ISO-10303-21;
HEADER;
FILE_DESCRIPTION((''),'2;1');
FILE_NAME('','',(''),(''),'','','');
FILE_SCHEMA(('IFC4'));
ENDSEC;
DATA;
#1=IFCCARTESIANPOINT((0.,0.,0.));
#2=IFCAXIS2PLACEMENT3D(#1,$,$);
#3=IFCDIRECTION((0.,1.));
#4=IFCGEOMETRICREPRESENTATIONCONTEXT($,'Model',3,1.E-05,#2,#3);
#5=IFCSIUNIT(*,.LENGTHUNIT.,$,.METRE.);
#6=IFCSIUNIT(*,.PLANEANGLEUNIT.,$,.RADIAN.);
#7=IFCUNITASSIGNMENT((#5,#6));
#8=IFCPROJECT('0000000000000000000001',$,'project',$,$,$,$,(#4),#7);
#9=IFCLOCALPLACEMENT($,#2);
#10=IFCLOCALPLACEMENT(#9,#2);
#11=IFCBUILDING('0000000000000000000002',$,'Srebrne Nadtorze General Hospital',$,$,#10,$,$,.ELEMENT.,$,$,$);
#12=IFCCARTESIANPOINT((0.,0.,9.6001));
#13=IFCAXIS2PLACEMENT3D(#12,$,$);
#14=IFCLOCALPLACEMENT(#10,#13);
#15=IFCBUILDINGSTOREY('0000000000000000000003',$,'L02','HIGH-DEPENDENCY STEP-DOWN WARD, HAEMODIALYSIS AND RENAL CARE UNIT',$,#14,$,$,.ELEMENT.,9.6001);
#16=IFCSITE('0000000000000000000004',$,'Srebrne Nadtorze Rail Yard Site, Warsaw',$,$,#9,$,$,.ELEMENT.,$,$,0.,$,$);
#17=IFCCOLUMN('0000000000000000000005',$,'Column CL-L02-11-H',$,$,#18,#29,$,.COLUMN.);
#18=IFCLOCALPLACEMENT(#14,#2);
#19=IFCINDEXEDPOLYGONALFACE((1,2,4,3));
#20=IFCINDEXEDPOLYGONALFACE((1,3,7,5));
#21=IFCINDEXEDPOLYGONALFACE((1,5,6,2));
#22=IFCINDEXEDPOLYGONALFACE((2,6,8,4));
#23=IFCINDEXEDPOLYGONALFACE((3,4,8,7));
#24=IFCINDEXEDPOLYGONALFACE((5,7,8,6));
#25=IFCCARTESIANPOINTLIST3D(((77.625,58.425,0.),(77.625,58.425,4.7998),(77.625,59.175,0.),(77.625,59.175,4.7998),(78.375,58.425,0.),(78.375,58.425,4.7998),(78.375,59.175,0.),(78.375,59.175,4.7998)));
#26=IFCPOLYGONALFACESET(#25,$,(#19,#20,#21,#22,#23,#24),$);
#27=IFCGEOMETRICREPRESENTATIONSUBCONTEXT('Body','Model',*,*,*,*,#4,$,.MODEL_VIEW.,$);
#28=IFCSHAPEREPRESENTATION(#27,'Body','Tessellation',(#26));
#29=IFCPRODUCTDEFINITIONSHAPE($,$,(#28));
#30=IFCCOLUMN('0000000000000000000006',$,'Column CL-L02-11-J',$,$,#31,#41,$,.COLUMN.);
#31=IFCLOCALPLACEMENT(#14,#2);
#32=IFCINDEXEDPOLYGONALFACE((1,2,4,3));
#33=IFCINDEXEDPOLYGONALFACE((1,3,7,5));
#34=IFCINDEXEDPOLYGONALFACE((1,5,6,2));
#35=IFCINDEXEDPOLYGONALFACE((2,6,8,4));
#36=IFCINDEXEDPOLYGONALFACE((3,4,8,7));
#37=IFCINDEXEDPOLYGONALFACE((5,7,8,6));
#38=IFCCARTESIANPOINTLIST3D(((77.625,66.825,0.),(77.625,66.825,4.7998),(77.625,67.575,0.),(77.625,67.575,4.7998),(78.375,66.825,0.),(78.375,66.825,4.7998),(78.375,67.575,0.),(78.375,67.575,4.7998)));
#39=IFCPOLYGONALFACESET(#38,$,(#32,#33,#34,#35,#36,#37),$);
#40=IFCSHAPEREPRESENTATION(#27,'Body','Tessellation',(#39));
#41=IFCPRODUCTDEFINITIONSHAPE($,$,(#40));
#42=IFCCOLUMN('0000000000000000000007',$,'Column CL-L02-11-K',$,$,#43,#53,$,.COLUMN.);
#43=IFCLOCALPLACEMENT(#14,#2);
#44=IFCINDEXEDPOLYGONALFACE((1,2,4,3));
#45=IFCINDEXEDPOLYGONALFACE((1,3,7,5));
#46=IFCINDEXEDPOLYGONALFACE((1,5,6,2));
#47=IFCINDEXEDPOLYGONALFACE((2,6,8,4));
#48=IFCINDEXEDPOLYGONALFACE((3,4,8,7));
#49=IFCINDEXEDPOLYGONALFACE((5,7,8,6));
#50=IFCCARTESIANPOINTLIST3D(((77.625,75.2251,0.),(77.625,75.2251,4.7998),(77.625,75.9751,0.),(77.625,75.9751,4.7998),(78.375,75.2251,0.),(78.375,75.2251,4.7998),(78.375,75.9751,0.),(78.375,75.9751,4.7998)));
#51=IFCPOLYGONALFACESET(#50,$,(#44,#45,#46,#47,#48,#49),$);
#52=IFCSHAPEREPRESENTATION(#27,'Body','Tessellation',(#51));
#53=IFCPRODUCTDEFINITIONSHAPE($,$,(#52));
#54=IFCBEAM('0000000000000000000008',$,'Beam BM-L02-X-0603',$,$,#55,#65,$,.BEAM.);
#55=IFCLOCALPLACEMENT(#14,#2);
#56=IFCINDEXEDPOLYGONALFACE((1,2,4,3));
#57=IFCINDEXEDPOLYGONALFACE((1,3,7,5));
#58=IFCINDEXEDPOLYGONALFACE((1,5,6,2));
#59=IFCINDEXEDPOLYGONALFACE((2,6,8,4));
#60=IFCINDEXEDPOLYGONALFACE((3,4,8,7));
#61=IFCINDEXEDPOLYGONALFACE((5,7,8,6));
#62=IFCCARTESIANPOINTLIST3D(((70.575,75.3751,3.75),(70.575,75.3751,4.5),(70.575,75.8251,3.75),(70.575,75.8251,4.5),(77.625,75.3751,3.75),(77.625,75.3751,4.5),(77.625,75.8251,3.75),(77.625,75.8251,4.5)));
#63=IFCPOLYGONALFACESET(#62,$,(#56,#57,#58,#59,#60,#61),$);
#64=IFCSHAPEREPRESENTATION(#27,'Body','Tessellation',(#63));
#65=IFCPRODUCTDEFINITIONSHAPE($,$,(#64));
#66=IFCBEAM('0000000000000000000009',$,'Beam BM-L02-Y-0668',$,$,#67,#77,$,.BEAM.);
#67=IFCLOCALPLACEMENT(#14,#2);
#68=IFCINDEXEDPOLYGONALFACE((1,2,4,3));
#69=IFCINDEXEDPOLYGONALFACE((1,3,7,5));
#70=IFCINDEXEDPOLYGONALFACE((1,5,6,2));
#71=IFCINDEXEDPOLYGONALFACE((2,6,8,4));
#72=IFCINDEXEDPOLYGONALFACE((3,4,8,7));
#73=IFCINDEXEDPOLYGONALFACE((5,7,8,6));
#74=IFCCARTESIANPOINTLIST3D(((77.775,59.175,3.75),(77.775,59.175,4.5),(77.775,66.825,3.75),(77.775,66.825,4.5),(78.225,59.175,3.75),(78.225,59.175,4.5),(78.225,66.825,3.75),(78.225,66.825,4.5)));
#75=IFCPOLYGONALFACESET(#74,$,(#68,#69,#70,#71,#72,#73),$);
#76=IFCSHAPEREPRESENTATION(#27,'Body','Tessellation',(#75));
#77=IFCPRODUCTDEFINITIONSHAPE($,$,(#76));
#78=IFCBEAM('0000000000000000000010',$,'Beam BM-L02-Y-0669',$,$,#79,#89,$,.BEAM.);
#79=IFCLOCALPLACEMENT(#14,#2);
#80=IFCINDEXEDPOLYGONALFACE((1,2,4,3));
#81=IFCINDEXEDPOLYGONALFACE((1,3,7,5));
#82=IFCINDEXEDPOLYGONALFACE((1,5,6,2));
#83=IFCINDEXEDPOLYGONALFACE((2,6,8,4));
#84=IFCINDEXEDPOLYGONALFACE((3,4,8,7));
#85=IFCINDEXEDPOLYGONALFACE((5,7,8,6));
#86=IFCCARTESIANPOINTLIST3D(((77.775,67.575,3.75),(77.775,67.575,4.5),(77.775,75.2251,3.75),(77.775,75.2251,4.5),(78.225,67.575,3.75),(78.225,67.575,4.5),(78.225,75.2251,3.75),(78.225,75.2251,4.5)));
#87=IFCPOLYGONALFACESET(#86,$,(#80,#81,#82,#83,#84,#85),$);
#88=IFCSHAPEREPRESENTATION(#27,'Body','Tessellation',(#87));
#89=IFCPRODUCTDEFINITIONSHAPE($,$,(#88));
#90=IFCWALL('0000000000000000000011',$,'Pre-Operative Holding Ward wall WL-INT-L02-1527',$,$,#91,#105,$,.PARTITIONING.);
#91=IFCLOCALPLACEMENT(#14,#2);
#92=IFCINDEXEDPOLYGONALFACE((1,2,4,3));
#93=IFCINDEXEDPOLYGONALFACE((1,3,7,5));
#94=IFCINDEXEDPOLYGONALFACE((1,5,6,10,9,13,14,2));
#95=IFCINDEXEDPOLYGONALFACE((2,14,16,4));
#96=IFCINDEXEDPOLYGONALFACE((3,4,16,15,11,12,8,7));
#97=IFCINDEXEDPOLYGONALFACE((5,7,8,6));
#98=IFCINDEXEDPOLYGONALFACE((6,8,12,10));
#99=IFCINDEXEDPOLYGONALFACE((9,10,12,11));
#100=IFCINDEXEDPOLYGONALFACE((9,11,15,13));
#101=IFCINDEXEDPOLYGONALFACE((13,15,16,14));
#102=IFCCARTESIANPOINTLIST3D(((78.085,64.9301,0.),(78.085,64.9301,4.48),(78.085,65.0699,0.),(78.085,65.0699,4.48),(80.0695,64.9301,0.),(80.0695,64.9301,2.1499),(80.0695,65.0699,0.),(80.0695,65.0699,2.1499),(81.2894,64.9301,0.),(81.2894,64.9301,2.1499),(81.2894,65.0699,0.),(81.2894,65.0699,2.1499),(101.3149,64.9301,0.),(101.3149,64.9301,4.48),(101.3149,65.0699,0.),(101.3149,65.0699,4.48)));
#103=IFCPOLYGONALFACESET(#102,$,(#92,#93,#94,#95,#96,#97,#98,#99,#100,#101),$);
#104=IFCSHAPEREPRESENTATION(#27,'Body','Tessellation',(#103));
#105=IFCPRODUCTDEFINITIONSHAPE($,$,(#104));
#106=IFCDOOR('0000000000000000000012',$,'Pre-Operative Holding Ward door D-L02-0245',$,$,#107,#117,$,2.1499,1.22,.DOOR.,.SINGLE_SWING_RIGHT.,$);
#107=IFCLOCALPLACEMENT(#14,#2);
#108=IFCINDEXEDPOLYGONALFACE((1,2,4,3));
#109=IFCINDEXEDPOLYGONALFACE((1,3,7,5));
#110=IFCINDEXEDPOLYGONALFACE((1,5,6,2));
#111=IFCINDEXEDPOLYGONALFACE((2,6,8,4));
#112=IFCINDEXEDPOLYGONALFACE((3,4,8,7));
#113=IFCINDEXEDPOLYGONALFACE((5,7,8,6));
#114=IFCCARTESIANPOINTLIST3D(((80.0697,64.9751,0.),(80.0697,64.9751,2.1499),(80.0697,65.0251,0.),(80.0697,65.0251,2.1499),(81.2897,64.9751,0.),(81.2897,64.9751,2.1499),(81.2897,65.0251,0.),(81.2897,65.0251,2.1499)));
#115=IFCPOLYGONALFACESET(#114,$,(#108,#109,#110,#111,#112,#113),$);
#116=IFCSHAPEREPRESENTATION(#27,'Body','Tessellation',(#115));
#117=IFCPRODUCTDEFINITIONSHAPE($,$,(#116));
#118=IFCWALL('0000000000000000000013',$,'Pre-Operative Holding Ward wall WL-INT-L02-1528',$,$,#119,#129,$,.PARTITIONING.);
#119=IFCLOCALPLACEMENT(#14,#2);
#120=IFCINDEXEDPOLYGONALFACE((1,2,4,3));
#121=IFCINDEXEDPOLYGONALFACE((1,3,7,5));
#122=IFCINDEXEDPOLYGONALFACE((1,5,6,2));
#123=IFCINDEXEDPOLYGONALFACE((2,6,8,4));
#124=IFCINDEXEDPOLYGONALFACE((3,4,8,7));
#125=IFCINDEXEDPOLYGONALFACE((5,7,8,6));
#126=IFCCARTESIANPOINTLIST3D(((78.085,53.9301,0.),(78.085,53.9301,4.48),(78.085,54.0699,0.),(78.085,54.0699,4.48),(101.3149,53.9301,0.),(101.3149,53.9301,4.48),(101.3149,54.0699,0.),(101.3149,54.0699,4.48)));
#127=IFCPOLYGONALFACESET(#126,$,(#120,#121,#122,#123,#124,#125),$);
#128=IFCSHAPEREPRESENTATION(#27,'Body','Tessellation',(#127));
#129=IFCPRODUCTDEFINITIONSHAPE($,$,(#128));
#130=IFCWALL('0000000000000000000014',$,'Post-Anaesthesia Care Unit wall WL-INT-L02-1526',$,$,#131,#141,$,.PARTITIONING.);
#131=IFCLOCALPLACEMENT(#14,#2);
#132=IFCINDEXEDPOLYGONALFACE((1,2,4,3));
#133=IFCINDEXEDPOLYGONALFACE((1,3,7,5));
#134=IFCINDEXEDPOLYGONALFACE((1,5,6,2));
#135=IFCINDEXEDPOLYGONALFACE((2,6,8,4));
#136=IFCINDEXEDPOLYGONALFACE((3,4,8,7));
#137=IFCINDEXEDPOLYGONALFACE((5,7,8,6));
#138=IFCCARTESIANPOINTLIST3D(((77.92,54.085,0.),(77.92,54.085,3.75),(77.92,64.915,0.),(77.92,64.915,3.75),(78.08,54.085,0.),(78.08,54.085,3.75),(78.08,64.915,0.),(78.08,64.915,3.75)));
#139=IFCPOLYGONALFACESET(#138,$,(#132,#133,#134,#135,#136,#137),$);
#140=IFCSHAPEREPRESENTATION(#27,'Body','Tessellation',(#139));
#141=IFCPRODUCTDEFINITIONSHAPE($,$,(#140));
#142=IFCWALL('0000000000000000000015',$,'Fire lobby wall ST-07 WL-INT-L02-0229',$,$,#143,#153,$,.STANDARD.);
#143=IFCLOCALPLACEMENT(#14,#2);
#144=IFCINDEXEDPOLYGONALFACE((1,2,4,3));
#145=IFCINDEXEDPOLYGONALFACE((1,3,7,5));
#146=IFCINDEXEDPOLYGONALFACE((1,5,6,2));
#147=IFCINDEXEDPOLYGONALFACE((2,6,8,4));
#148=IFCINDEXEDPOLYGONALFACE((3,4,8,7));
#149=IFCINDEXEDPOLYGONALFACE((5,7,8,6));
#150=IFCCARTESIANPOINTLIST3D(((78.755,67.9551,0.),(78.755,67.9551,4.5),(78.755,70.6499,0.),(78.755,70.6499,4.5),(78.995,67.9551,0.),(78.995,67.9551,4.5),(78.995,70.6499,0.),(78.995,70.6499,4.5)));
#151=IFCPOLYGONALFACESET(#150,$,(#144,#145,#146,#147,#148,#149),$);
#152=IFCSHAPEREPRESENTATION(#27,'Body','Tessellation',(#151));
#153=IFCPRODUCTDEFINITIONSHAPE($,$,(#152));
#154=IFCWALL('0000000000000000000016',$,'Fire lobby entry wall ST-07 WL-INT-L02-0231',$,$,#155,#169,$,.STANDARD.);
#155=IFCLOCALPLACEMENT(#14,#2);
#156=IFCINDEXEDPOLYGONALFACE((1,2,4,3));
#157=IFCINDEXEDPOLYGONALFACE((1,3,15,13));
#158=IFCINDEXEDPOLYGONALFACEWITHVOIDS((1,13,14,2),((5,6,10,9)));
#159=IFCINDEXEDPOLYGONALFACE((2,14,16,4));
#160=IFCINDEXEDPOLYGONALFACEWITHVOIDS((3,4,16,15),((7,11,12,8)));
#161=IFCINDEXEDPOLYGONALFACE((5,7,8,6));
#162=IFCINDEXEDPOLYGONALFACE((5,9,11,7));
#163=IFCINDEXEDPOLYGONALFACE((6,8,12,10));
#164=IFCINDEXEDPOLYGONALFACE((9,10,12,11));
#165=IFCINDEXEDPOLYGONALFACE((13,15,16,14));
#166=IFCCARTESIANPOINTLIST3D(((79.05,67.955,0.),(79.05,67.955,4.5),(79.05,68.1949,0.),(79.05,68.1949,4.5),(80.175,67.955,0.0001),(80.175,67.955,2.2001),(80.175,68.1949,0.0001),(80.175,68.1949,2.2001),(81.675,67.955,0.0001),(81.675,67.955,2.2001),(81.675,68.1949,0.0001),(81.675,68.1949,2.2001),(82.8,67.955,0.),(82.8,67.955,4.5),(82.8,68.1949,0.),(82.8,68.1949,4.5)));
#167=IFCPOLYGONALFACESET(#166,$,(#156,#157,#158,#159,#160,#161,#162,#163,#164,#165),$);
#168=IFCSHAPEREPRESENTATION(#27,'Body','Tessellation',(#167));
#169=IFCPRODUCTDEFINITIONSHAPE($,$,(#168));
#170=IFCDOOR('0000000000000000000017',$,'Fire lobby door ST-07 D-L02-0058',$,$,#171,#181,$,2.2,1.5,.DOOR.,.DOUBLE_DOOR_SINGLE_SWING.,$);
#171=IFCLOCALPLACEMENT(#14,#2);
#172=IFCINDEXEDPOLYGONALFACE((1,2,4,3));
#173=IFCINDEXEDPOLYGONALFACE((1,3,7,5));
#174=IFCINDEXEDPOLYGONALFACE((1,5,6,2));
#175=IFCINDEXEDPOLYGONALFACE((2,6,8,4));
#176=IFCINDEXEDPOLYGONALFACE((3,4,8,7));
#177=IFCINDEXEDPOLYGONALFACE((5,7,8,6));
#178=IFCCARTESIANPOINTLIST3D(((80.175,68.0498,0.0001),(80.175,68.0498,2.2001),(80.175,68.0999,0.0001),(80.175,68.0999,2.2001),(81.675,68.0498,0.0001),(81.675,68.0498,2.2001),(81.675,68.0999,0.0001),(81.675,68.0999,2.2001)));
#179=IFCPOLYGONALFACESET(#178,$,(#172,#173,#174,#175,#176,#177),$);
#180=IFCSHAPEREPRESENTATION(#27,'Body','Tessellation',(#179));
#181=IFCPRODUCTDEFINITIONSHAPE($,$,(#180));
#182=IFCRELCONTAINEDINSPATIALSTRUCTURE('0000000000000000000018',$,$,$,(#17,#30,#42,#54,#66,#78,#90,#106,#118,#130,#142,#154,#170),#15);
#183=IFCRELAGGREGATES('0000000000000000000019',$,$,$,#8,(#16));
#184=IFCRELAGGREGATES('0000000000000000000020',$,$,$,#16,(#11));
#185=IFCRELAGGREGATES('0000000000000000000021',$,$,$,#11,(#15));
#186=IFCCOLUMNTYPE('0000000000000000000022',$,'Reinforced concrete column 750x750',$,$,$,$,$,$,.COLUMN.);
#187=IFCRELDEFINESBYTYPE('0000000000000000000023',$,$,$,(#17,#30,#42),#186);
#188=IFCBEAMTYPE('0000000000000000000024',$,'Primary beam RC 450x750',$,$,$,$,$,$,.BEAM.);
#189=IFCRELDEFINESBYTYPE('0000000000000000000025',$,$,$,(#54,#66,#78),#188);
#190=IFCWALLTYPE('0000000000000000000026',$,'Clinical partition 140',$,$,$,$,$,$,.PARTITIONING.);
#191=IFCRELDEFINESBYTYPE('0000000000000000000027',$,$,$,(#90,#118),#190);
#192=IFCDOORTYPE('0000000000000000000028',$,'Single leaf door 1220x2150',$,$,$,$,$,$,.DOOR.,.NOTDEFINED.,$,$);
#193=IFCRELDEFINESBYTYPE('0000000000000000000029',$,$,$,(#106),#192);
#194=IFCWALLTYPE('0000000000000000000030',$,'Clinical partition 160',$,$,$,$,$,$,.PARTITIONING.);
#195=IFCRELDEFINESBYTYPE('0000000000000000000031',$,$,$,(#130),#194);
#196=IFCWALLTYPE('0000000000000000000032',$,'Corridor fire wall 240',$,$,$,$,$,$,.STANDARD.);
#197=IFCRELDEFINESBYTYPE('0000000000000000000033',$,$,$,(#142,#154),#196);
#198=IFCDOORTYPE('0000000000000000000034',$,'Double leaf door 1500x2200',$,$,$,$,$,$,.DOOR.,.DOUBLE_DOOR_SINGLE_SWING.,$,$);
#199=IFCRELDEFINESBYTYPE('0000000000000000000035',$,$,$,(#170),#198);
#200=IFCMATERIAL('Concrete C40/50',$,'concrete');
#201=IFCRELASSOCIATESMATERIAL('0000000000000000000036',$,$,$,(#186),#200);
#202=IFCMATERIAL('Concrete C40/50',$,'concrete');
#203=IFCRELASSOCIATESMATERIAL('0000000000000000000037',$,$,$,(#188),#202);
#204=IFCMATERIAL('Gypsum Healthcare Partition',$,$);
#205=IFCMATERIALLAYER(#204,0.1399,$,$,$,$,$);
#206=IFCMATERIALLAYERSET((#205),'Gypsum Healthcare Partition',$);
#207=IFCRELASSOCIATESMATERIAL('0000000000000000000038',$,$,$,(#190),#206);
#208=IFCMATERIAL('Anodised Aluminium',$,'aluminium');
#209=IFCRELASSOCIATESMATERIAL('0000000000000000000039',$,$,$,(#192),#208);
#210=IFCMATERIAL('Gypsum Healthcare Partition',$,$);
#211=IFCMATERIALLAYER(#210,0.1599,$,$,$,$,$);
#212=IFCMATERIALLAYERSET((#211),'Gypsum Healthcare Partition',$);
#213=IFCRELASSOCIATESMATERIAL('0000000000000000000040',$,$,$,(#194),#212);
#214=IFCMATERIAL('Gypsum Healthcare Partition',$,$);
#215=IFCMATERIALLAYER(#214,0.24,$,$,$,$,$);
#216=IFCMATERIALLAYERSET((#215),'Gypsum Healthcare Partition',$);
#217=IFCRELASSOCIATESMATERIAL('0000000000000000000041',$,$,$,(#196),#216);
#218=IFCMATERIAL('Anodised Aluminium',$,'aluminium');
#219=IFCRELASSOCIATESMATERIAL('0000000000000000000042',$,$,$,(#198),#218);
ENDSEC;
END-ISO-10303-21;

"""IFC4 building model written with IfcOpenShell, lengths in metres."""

from ifc_helpers import new_model, si_unit, direction, frame, frame_2d, origin, origin_2d, place, context, subcontext, project, spatial, rectangle, extrude, material, layer, layer_set, material_profile, profile_set, type_object, element, fill, save


model = new_model("IFC4")

# Units and contexts
model_context = context("Model", 3, precision=1e-05, world=origin(), true_north=direction((0.0, 1.0)))
body_context = subcontext(model_context, "Body", "Model", "MODEL_VIEW")
ifc_project = project(units=[si_unit("LENGTHUNIT", "METRE"), si_unit("PLANEANGLEUNIT", "RADIAN")], contexts=[model_context])

# Site, building, storey
site_placement = place(None, origin())
site = spatial("IfcSite", under=ifc_project, at=site_placement, Name="Srebrne Nadtorze Rail Yard Site, Warsaw", CompositionType="ELEMENT", RefElevation=0.0)
building_placement = place(site_placement, origin())
building = spatial("IfcBuilding", under=site, at=building_placement, Name="Srebrne Nadtorze General Hospital", CompositionType="ELEMENT")
storey_placement = place(building_placement, frame((0.0, 0.0, 9.6001)))
storey = spatial("IfcBuildingStorey", under=building, at=storey_placement, Name="L02", Description="HIGH-DEPENDENCY STEP-DOWN WARD, HAEMODIALYSIS AND RENAL CARE UNIT", CompositionType="ELEMENT", Elevation=9.6001)

# Columns
ifc_material_1 = material(Name="Concrete C40/50", Category="concrete")
ifc_material_profile_1 = material_profile(ifc_material_1, rectangle(XDim=0.75, YDim=0.75, at=origin_2d()), Name="RC-COL-750x750")
ifc_profile_set_1 = profile_set([ifc_material_profile_1], Name="Concrete C40/50")
column_type = type_object("IfcColumnType", Name="Reinforced concrete column 750x750", PredefinedType="COLUMN", material=ifc_profile_set_1)
for number, where, z_axis, x_axis, name in (
    (1, (78.0, 58.8, 0.0), (0.0, 0.0, 1.0), (1.0, 0.0, 0.0), "Column CL-L02-11-H"),
    (2, (78.0, 67.2, 0.0), (0.0, 0.0, 1.0), (1.0, 0.0, 0.0), "Column CL-L02-11-J"),
    (3, (78.0, 75.6001, 0.0), (0.0, 0.0, 1.0), (1.0, 0.0, 0.0), "Column CL-L02-11-K"),
):
    element("IfcColumn", number, at=place(storey_placement, frame(where, z_axis=z_axis, x_axis=x_axis)), inside=storey, type_object=column_type, Name=name, PredefinedType="COLUMN", context=body_context, shape_type="SweptSolid", body=[
        extrude(rectangle(XDim=0.75, YDim=0.75, at=origin_2d()), origin(), (0.0, 0.0, 1.0), 4.7998),
    ])

# Beams
ifc_material_2 = material(Name="Concrete C40/50", Category="concrete")
ifc_material_profile_2 = material_profile(ifc_material_2, rectangle(XDim=0.45, YDim=0.75, at=origin_2d()), Name="RC-BM-450x750")
ifc_profile_set_2 = profile_set([ifc_material_profile_2], Name="Concrete C40/50")
beam_type = type_object("IfcBeamType", Name="Primary beam RC 450x750", PredefinedType="BEAM", material=ifc_profile_set_2)
beam_1_placement = place(storey_placement, frame((70.575, 75.6001, 4.125), z_axis=(1.0, 0.0, 0.0), x_axis=(0.0, 1.0, 0.0)))
element("IfcBeam", 4, at=beam_1_placement, inside=storey, type_object=beam_type, Name="Beam BM-L02-X-0603", PredefinedType="BEAM", context=body_context, shape_type="SweptSolid", body=[
    extrude(rectangle(XDim=0.45, YDim=0.75, at=origin_2d()), origin(), (0.0, 0.0, 1.0), 7.05),
])
beam_2_placement = place(storey_placement, frame((78.0, 59.175, 4.125), z_axis=(0.0, 1.0, 0.0), x_axis=(-1.0, 0.0, 0.0)))
element("IfcBeam", 5, at=beam_2_placement, inside=storey, type_object=beam_type, Name="Beam BM-L02-Y-0668", PredefinedType="BEAM", context=body_context, shape_type="SweptSolid", body=[
    extrude(rectangle(XDim=0.45, YDim=0.75, at=origin_2d()), origin(), (0.0, 0.0, 1.0), 7.6499),
])
beam_3_placement = place(storey_placement, frame((78.0, 67.575, 4.125), z_axis=(0.0, 1.0, 0.0), x_axis=(-1.0, 0.0, 0.0)))
element("IfcBeam", 6, at=beam_3_placement, inside=storey, type_object=beam_type, Name="Beam BM-L02-Y-0669", PredefinedType="BEAM", context=body_context, shape_type="SweptSolid", body=[
    extrude(rectangle(XDim=0.45, YDim=0.75, at=origin_2d()), origin(), (0.0, 0.0, 1.0), 7.6501),
])

# Wall, opening, door
ifc_material_3 = material(Name="Gypsum Healthcare Partition")
ifc_layer_1 = layer(ifc_material_3, 0.1399)
ifc_layer_set_1 = layer_set([ifc_layer_1], Name="Gypsum Healthcare Partition")
wall_type_1 = type_object("IfcWallType", Name="Clinical partition 140", PredefinedType="PARTITIONING", material=ifc_layer_set_1)
wall_1_placement = place(storey_placement, frame((78.085, 65.0, 0.0), z_axis=(0.0, 0.0, 1.0), x_axis=(1.0, 0.0, 0.0)))
wall_1 = element("IfcWall", 7, at=wall_1_placement, inside=storey, type_object=wall_type_1, Name="Pre-Operative Holding Ward wall WL-INT-L02-1527", PredefinedType="PARTITIONING", context=body_context, shape_type="SweptSolid", body=[
    extrude(rectangle(XDim=23.23, YDim=0.1399, at=frame_2d((11.615, 0.0))), origin(), (0.0, 0.0, 1.0), 4.48),
])
opening_1_placement = place(wall_1_placement, frame((1.9846, 0.0, 0.0)))
opening_1 = element("IfcOpeningElement", 8, at=opening_1_placement, cuts=wall_1, PredefinedType="OPENING", context=body_context, shape_type="SweptSolid", body=[
    extrude(rectangle(XDim=1.22, YDim=2.1499, at=frame_2d((0.6099, 1.075))), frame((0.0, 0.082, 0.0), z_axis=(0.0, -1.0, 0.0), x_axis=(1.0, 0.0, 0.0)), (0.0, 0.0, 1.0), 0.1638),
])
ifc_material_4 = material(Name="Anodised Aluminium", Category="aluminium")
door_type_1 = type_object("IfcDoorType", Name="Single leaf door 1220x2150", OperationType="NOTDEFINED", PredefinedType="DOOR", material=ifc_material_4)
door_1_placement = place(opening_1_placement, frame((1.22, 0.0, 0.0), z_axis=(0.0, 0.0, 1.0), x_axis=(-1.0, 0.0, 0.0)))
door_1 = element("IfcDoor", 9, at=door_1_placement, inside=storey, type_object=door_type_1, Name="Pre-Operative Holding Ward door D-L02-0245", OperationType="SINGLE_SWING_RIGHT", OverallHeight=2.1499, OverallWidth=1.22, PredefinedType="DOOR", context=body_context, shape_type="SweptSolid", body=[
    extrude(rectangle(XDim=1.22, YDim=2.1499, at=frame_2d((0.6099, 1.075))), frame((0.0, 0.0249, 0.0), z_axis=(0.0, -1.0, 0.0), x_axis=(1.0, 0.0, 0.0)), (0.0, 0.0, 1.0), 0.05),
])
fill(opening_1, door_1)

# Walls
wall_2_placement = place(storey_placement, frame((78.085, 54.0, 0.0), z_axis=(0.0, 0.0, 1.0), x_axis=(1.0, 0.0, 0.0)))
element("IfcWall", 10, at=wall_2_placement, inside=storey, type_object=wall_type_1, Name="Pre-Operative Holding Ward wall WL-INT-L02-1528", PredefinedType="PARTITIONING", context=body_context, shape_type="SweptSolid", body=[
    extrude(rectangle(XDim=23.23, YDim=0.1399, at=frame_2d((11.615, 0.0))), origin(), (0.0, 0.0, 1.0), 4.48),
])
ifc_material_5 = material(Name="Gypsum Healthcare Partition")
ifc_layer_2 = layer(ifc_material_5, 0.1599)
ifc_layer_set_2 = layer_set([ifc_layer_2], Name="Gypsum Healthcare Partition")
wall_type_2 = type_object("IfcWallType", Name="Clinical partition 160", PredefinedType="PARTITIONING", material=ifc_layer_set_2)
wall_3_placement = place(storey_placement, frame((78.0, 54.085, 0.0), z_axis=(0.0, 0.0, 1.0), x_axis=(0.0, 1.0, 0.0)))
element("IfcWall", 11, at=wall_3_placement, inside=storey, type_object=wall_type_2, Name="Post-Anaesthesia Care Unit wall WL-INT-L02-1526", PredefinedType="PARTITIONING", context=body_context, shape_type="SweptSolid", body=[
    extrude(rectangle(XDim=10.8301, YDim=0.1599, at=frame_2d((5.415, 0.0))), origin(), (0.0, 0.0, 1.0), 3.75),
])
ifc_material_6 = material(Name="Gypsum Healthcare Partition")
ifc_layer_3 = layer(ifc_material_6, 0.24)
ifc_layer_set_3 = layer_set([ifc_layer_3], Name="Gypsum Healthcare Partition")
wall_type_3 = type_object("IfcWallType", Name="Corridor fire wall 240", PredefinedType="STANDARD", material=ifc_layer_set_3)
wall_4_placement = place(storey_placement, frame((78.875, 67.9551, 0.0), z_axis=(0.0, 0.0, 1.0), x_axis=(0.0, 1.0, 0.0)))
element("IfcWall", 12, at=wall_4_placement, inside=storey, type_object=wall_type_3, Name="Fire lobby wall ST-07 WL-INT-L02-0229", PredefinedType="STANDARD", context=body_context, shape_type="SweptSolid", body=[
    extrude(rectangle(XDim=2.6948, YDim=0.24, at=frame_2d((1.3474, 0.0))), origin(), (0.0, 0.0, 1.0), 4.5),
])

# Wall, opening, door
wall_5_placement = place(storey_placement, frame((79.05, 68.075, 0.0), z_axis=(0.0, 0.0, 1.0), x_axis=(1.0, 0.0, 0.0)))
wall_5 = element("IfcWall", 13, at=wall_5_placement, inside=storey, type_object=wall_type_3, Name="Fire lobby entry wall ST-07 WL-INT-L02-0231", PredefinedType="STANDARD", context=body_context, shape_type="SweptSolid", body=[
    extrude(rectangle(XDim=3.75, YDim=0.24, at=frame_2d((1.875, 0.0))), origin(), (0.0, 0.0, 1.0), 4.5),
])
opening_2_placement = place(wall_5_placement, frame((1.125, 0.0, 0.0)))
opening_2 = element("IfcOpeningElement", 14, at=opening_2_placement, cuts=wall_5, PredefinedType="OPENING", context=body_context, shape_type="SweptSolid", body=[
    extrude(rectangle(XDim=1.5, YDim=2.2, at=frame_2d((0.75, 1.1001))), frame((0.0, 0.1318, 0.0), z_axis=(0.0, -1.0, 0.0), x_axis=(1.0, 0.0, 0.0)), (0.0, 0.0, 1.0), 0.2639),
])
ifc_material_7 = material(Name="Anodised Aluminium", Category="aluminium")
door_type_2 = type_object("IfcDoorType", Name="Double leaf door 1500x2200", OperationType="DOUBLE_DOOR_SINGLE_SWING", PredefinedType="DOOR", material=ifc_material_7)
door_2_placement = place(opening_2_placement, origin())
door_2 = element("IfcDoor", 15, at=door_2_placement, inside=storey, type_object=door_type_2, Name="Fire lobby door ST-07 D-L02-0058", OperationType="DOUBLE_DOOR_SINGLE_SWING", OverallHeight=2.2, OverallWidth=1.5, PredefinedType="DOOR", context=body_context, shape_type="SweptSolid", body=[
    extrude(rectangle(XDim=1.5, YDim=2.2, at=frame_2d((0.75, 1.1001))), frame((0.0, 0.0249, 0.0), z_axis=(0.0, -1.0, 0.0), x_axis=(1.0, 0.0, 0.0)), (0.0, 0.0, 1.0), 0.05),
])
fill(opening_2, door_2)

save(model, "model.ifc")
